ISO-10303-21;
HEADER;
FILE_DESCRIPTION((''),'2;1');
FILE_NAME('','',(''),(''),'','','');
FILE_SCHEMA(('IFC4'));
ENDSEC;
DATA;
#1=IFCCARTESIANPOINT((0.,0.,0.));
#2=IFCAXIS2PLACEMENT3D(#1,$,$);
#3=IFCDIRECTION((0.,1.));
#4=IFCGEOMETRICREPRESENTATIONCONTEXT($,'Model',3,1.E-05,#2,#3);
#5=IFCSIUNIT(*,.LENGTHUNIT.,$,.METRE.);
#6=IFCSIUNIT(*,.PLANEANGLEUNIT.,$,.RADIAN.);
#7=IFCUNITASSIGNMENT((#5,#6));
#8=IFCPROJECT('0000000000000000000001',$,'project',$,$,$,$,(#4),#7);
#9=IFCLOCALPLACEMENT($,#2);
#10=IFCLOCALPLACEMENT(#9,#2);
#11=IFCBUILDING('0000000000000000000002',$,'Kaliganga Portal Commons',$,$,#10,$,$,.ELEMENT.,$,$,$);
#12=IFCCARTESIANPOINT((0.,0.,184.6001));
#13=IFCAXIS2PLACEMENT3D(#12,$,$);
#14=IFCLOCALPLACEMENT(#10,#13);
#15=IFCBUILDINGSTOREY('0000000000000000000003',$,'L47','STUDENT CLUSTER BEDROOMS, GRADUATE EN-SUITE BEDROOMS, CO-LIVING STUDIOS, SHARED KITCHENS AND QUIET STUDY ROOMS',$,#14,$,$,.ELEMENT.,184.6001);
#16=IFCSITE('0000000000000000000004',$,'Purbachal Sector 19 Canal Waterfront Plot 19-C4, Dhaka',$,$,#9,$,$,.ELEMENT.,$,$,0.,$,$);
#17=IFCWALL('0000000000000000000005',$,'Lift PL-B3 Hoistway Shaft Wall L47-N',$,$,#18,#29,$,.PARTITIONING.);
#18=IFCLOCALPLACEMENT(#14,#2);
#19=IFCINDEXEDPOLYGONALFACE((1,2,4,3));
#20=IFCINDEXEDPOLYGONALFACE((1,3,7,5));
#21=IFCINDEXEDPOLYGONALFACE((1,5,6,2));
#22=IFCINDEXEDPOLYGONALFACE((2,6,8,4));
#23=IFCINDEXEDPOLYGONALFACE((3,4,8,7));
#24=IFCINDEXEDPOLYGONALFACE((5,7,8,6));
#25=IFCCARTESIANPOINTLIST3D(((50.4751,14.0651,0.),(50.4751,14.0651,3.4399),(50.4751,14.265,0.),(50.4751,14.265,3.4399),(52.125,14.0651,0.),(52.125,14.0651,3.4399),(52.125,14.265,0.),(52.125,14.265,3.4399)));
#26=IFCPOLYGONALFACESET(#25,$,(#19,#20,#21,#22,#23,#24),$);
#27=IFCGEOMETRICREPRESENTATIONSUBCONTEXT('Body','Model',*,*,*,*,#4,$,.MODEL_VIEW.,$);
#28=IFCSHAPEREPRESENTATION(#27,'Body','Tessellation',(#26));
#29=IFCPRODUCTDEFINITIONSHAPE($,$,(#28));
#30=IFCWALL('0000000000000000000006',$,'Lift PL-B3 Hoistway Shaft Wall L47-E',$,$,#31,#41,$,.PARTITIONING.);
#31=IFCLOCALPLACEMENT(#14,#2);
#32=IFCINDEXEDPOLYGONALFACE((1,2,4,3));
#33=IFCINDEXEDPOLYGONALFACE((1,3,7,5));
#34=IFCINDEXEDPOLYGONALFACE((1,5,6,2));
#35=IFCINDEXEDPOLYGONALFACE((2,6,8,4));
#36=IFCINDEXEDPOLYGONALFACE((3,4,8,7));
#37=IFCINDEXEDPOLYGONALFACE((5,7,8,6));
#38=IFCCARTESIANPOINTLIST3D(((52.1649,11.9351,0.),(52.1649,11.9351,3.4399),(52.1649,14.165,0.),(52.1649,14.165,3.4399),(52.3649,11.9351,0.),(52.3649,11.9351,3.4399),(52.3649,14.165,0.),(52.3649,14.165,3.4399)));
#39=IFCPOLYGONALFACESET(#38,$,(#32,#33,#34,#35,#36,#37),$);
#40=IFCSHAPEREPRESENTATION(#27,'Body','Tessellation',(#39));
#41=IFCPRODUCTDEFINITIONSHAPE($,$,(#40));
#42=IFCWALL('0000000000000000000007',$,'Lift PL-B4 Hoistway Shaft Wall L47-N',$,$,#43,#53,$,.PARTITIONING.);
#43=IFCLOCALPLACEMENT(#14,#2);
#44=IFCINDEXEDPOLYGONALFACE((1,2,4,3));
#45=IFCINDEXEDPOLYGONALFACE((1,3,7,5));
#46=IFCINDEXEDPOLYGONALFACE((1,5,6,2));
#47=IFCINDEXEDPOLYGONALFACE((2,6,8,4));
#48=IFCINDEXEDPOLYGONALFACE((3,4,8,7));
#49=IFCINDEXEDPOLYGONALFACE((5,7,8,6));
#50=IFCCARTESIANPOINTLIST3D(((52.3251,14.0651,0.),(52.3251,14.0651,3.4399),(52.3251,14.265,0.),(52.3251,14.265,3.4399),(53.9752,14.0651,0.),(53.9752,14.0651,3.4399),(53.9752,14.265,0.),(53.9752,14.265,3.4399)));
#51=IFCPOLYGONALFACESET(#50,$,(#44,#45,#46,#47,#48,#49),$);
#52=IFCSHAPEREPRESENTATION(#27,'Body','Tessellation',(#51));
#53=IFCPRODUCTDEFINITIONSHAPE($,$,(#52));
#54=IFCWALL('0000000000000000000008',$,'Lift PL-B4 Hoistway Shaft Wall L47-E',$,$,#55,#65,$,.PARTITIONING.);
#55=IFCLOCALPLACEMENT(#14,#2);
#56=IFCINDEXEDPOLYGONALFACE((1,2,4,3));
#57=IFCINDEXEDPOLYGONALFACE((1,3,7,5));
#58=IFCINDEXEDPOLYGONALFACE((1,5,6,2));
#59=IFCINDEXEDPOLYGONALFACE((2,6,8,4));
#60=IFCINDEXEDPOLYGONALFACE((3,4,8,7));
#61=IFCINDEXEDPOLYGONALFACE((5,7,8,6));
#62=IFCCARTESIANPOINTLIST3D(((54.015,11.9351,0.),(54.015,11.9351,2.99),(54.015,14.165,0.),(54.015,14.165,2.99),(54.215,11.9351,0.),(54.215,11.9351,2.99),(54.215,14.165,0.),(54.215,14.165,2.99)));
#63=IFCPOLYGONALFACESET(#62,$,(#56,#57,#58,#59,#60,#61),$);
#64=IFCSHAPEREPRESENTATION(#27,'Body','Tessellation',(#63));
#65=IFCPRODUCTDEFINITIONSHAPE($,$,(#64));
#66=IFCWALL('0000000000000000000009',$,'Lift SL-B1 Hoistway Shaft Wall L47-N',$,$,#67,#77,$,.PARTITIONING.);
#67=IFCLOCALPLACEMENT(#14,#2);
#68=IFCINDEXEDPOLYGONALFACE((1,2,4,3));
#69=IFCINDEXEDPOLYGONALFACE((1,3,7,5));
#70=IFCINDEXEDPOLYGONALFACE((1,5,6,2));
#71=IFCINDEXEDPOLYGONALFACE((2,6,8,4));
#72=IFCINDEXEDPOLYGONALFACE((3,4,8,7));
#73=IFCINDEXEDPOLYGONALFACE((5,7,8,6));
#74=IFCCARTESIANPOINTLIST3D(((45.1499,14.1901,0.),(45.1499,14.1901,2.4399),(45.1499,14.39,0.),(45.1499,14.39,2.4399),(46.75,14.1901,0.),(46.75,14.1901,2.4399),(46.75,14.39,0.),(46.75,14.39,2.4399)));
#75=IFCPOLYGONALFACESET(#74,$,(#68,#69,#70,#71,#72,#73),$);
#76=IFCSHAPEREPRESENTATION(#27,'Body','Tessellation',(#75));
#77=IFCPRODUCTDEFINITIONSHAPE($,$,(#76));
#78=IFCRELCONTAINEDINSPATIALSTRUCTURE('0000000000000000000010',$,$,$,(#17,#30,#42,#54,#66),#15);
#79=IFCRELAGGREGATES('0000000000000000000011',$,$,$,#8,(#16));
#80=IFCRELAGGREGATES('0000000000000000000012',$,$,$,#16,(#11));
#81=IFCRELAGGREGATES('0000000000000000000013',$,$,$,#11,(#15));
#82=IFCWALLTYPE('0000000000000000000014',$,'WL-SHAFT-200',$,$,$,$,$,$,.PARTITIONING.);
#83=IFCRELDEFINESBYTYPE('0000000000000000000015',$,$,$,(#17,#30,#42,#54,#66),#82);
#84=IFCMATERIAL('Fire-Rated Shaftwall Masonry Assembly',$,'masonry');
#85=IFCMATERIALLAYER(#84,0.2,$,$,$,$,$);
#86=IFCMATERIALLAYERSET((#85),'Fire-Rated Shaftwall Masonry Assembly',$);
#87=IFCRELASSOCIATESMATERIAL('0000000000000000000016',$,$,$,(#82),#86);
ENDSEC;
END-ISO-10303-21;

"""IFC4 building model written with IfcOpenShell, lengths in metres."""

from ifc_helpers import new_model, si_unit, direction, frame, frame_2d, origin, place, context, subcontext, project, spatial, rectangle, extrude, material, layer, layer_set, type_object, element, save


model = new_model("IFC4")

# Units and contexts
model_context = context("Model", 3, precision=1e-05, world=origin(), true_north=direction((0.0, 1.0)))
body_context = subcontext(model_context, "Body", "Model", "MODEL_VIEW")
ifc_project = project(units=[si_unit("LENGTHUNIT", "METRE"), si_unit("PLANEANGLEUNIT", "RADIAN")], contexts=[model_context])

# Site, building, storey
site_placement = place(None, origin())
site = spatial("IfcSite", under=ifc_project, at=site_placement, Name="Purbachal Sector 19 Canal Waterfront Plot 19-C4, Dhaka", CompositionType="ELEMENT", RefElevation=0.0)
building_placement = place(site_placement, origin())
building = spatial("IfcBuilding", under=site, at=building_placement, Name="Kaliganga Portal Commons", CompositionType="ELEMENT")
storey_placement = place(building_placement, frame((0.0, 0.0, 184.6001)))
storey = spatial("IfcBuildingStorey", under=building, at=storey_placement, Name="L47", Description="STUDENT CLUSTER BEDROOMS, GRADUATE EN-SUITE BEDROOMS, CO-LIVING STUDIOS, SHARED KITCHENS AND QUIET STUDY ROOMS", CompositionType="ELEMENT", Elevation=184.6001)

# Shared definitions
ifc_material_1 = material(Name="Fire-Rated Shaftwall Masonry Assembly", Category="masonry")
ifc_layer_1 = layer(ifc_material_1, 0.2)
ifc_layer_set_1 = layer_set([ifc_layer_1], Name="Fire-Rated Shaftwall Masonry Assembly")
wall_type_1 = type_object("IfcWallType", Name="WL-SHAFT-200", PredefinedType="PARTITIONING", material=ifc_layer_set_1)

# Walls
wall_1_placement = place(storey_placement, frame((50.4751, 14.165, 0.0), z_axis=(0.0, 0.0, 1.0), x_axis=(1.0, 0.0, 0.0)))
element("IfcWall", 1, at=wall_1_placement, inside=storey, type_object=wall_type_1, Name="Lift PL-B3 Hoistway Shaft Wall L47-N", PredefinedType="PARTITIONING", context=body_context, shape_type="SweptSolid", body=[
    extrude(rectangle(XDim=1.6499, YDim=0.2, at=frame_2d((0.825, 0.0))), origin(), (0.0, 0.0, 1.0), 3.4399),
])
wall_2_placement = place(storey_placement, frame((52.2649, 11.9351, 0.0), z_axis=(0.0, 0.0, 1.0), x_axis=(0.0, 1.0, 0.0)))
element("IfcWall", 2, at=wall_2_placement, inside=storey, type_object=wall_type_1, Name="Lift PL-B3 Hoistway Shaft Wall L47-E", PredefinedType="PARTITIONING", context=body_context, shape_type="SweptSolid", body=[
    extrude(rectangle(XDim=2.23, YDim=0.2, at=frame_2d((1.115, 0.0))), origin(), (0.0, 0.0, 1.0), 3.4399),
])

# Walls
wall_3_placement = place(storey_placement, frame((52.325, 14.165, 0.0), z_axis=(0.0, 0.0, 1.0), x_axis=(1.0, 0.0, 0.0)))
element("IfcWall", 3, at=wall_3_placement, inside=storey, type_object=wall_type_1, Name="Lift PL-B4 Hoistway Shaft Wall L47-N", PredefinedType="PARTITIONING", context=body_context, shape_type="SweptSolid", body=[
    extrude(rectangle(XDim=1.6501, YDim=0.2, at=frame_2d((0.8252, 0.0))), origin(), (0.0, 0.0, 1.0), 3.4399),
])
wall_4_placement = place(storey_placement, frame((54.115, 11.9351, 0.0), z_axis=(0.0, 0.0, 1.0), x_axis=(0.0, 1.0, 0.0)))
element("IfcWall", 4, at=wall_4_placement, inside=storey, type_object=wall_type_1, Name="Lift PL-B4 Hoistway Shaft Wall L47-E", PredefinedType="PARTITIONING", context=body_context, shape_type="SweptSolid", body=[
    extrude(rectangle(XDim=2.23, YDim=0.2, at=frame_2d((1.115, 0.0))), origin(), (0.0, 0.0, 1.0), 2.99),
])

# Wall
wall_5_placement = place(storey_placement, frame((45.1499, 14.29, 0.0), z_axis=(0.0, 0.0, 1.0), x_axis=(1.0, 0.0, 0.0)))
element("IfcWall", 5, at=wall_5_placement, inside=storey, type_object=wall_type_1, Name="Lift SL-B1 Hoistway Shaft Wall L47-N", PredefinedType="PARTITIONING", context=body_context, shape_type="SweptSolid", body=[
    extrude(rectangle(XDim=1.6001, YDim=0.2, at=frame_2d((0.8, 0.0))), origin(), (0.0, 0.0, 1.0), 2.4399),
])

save(model, "model.ifc")
